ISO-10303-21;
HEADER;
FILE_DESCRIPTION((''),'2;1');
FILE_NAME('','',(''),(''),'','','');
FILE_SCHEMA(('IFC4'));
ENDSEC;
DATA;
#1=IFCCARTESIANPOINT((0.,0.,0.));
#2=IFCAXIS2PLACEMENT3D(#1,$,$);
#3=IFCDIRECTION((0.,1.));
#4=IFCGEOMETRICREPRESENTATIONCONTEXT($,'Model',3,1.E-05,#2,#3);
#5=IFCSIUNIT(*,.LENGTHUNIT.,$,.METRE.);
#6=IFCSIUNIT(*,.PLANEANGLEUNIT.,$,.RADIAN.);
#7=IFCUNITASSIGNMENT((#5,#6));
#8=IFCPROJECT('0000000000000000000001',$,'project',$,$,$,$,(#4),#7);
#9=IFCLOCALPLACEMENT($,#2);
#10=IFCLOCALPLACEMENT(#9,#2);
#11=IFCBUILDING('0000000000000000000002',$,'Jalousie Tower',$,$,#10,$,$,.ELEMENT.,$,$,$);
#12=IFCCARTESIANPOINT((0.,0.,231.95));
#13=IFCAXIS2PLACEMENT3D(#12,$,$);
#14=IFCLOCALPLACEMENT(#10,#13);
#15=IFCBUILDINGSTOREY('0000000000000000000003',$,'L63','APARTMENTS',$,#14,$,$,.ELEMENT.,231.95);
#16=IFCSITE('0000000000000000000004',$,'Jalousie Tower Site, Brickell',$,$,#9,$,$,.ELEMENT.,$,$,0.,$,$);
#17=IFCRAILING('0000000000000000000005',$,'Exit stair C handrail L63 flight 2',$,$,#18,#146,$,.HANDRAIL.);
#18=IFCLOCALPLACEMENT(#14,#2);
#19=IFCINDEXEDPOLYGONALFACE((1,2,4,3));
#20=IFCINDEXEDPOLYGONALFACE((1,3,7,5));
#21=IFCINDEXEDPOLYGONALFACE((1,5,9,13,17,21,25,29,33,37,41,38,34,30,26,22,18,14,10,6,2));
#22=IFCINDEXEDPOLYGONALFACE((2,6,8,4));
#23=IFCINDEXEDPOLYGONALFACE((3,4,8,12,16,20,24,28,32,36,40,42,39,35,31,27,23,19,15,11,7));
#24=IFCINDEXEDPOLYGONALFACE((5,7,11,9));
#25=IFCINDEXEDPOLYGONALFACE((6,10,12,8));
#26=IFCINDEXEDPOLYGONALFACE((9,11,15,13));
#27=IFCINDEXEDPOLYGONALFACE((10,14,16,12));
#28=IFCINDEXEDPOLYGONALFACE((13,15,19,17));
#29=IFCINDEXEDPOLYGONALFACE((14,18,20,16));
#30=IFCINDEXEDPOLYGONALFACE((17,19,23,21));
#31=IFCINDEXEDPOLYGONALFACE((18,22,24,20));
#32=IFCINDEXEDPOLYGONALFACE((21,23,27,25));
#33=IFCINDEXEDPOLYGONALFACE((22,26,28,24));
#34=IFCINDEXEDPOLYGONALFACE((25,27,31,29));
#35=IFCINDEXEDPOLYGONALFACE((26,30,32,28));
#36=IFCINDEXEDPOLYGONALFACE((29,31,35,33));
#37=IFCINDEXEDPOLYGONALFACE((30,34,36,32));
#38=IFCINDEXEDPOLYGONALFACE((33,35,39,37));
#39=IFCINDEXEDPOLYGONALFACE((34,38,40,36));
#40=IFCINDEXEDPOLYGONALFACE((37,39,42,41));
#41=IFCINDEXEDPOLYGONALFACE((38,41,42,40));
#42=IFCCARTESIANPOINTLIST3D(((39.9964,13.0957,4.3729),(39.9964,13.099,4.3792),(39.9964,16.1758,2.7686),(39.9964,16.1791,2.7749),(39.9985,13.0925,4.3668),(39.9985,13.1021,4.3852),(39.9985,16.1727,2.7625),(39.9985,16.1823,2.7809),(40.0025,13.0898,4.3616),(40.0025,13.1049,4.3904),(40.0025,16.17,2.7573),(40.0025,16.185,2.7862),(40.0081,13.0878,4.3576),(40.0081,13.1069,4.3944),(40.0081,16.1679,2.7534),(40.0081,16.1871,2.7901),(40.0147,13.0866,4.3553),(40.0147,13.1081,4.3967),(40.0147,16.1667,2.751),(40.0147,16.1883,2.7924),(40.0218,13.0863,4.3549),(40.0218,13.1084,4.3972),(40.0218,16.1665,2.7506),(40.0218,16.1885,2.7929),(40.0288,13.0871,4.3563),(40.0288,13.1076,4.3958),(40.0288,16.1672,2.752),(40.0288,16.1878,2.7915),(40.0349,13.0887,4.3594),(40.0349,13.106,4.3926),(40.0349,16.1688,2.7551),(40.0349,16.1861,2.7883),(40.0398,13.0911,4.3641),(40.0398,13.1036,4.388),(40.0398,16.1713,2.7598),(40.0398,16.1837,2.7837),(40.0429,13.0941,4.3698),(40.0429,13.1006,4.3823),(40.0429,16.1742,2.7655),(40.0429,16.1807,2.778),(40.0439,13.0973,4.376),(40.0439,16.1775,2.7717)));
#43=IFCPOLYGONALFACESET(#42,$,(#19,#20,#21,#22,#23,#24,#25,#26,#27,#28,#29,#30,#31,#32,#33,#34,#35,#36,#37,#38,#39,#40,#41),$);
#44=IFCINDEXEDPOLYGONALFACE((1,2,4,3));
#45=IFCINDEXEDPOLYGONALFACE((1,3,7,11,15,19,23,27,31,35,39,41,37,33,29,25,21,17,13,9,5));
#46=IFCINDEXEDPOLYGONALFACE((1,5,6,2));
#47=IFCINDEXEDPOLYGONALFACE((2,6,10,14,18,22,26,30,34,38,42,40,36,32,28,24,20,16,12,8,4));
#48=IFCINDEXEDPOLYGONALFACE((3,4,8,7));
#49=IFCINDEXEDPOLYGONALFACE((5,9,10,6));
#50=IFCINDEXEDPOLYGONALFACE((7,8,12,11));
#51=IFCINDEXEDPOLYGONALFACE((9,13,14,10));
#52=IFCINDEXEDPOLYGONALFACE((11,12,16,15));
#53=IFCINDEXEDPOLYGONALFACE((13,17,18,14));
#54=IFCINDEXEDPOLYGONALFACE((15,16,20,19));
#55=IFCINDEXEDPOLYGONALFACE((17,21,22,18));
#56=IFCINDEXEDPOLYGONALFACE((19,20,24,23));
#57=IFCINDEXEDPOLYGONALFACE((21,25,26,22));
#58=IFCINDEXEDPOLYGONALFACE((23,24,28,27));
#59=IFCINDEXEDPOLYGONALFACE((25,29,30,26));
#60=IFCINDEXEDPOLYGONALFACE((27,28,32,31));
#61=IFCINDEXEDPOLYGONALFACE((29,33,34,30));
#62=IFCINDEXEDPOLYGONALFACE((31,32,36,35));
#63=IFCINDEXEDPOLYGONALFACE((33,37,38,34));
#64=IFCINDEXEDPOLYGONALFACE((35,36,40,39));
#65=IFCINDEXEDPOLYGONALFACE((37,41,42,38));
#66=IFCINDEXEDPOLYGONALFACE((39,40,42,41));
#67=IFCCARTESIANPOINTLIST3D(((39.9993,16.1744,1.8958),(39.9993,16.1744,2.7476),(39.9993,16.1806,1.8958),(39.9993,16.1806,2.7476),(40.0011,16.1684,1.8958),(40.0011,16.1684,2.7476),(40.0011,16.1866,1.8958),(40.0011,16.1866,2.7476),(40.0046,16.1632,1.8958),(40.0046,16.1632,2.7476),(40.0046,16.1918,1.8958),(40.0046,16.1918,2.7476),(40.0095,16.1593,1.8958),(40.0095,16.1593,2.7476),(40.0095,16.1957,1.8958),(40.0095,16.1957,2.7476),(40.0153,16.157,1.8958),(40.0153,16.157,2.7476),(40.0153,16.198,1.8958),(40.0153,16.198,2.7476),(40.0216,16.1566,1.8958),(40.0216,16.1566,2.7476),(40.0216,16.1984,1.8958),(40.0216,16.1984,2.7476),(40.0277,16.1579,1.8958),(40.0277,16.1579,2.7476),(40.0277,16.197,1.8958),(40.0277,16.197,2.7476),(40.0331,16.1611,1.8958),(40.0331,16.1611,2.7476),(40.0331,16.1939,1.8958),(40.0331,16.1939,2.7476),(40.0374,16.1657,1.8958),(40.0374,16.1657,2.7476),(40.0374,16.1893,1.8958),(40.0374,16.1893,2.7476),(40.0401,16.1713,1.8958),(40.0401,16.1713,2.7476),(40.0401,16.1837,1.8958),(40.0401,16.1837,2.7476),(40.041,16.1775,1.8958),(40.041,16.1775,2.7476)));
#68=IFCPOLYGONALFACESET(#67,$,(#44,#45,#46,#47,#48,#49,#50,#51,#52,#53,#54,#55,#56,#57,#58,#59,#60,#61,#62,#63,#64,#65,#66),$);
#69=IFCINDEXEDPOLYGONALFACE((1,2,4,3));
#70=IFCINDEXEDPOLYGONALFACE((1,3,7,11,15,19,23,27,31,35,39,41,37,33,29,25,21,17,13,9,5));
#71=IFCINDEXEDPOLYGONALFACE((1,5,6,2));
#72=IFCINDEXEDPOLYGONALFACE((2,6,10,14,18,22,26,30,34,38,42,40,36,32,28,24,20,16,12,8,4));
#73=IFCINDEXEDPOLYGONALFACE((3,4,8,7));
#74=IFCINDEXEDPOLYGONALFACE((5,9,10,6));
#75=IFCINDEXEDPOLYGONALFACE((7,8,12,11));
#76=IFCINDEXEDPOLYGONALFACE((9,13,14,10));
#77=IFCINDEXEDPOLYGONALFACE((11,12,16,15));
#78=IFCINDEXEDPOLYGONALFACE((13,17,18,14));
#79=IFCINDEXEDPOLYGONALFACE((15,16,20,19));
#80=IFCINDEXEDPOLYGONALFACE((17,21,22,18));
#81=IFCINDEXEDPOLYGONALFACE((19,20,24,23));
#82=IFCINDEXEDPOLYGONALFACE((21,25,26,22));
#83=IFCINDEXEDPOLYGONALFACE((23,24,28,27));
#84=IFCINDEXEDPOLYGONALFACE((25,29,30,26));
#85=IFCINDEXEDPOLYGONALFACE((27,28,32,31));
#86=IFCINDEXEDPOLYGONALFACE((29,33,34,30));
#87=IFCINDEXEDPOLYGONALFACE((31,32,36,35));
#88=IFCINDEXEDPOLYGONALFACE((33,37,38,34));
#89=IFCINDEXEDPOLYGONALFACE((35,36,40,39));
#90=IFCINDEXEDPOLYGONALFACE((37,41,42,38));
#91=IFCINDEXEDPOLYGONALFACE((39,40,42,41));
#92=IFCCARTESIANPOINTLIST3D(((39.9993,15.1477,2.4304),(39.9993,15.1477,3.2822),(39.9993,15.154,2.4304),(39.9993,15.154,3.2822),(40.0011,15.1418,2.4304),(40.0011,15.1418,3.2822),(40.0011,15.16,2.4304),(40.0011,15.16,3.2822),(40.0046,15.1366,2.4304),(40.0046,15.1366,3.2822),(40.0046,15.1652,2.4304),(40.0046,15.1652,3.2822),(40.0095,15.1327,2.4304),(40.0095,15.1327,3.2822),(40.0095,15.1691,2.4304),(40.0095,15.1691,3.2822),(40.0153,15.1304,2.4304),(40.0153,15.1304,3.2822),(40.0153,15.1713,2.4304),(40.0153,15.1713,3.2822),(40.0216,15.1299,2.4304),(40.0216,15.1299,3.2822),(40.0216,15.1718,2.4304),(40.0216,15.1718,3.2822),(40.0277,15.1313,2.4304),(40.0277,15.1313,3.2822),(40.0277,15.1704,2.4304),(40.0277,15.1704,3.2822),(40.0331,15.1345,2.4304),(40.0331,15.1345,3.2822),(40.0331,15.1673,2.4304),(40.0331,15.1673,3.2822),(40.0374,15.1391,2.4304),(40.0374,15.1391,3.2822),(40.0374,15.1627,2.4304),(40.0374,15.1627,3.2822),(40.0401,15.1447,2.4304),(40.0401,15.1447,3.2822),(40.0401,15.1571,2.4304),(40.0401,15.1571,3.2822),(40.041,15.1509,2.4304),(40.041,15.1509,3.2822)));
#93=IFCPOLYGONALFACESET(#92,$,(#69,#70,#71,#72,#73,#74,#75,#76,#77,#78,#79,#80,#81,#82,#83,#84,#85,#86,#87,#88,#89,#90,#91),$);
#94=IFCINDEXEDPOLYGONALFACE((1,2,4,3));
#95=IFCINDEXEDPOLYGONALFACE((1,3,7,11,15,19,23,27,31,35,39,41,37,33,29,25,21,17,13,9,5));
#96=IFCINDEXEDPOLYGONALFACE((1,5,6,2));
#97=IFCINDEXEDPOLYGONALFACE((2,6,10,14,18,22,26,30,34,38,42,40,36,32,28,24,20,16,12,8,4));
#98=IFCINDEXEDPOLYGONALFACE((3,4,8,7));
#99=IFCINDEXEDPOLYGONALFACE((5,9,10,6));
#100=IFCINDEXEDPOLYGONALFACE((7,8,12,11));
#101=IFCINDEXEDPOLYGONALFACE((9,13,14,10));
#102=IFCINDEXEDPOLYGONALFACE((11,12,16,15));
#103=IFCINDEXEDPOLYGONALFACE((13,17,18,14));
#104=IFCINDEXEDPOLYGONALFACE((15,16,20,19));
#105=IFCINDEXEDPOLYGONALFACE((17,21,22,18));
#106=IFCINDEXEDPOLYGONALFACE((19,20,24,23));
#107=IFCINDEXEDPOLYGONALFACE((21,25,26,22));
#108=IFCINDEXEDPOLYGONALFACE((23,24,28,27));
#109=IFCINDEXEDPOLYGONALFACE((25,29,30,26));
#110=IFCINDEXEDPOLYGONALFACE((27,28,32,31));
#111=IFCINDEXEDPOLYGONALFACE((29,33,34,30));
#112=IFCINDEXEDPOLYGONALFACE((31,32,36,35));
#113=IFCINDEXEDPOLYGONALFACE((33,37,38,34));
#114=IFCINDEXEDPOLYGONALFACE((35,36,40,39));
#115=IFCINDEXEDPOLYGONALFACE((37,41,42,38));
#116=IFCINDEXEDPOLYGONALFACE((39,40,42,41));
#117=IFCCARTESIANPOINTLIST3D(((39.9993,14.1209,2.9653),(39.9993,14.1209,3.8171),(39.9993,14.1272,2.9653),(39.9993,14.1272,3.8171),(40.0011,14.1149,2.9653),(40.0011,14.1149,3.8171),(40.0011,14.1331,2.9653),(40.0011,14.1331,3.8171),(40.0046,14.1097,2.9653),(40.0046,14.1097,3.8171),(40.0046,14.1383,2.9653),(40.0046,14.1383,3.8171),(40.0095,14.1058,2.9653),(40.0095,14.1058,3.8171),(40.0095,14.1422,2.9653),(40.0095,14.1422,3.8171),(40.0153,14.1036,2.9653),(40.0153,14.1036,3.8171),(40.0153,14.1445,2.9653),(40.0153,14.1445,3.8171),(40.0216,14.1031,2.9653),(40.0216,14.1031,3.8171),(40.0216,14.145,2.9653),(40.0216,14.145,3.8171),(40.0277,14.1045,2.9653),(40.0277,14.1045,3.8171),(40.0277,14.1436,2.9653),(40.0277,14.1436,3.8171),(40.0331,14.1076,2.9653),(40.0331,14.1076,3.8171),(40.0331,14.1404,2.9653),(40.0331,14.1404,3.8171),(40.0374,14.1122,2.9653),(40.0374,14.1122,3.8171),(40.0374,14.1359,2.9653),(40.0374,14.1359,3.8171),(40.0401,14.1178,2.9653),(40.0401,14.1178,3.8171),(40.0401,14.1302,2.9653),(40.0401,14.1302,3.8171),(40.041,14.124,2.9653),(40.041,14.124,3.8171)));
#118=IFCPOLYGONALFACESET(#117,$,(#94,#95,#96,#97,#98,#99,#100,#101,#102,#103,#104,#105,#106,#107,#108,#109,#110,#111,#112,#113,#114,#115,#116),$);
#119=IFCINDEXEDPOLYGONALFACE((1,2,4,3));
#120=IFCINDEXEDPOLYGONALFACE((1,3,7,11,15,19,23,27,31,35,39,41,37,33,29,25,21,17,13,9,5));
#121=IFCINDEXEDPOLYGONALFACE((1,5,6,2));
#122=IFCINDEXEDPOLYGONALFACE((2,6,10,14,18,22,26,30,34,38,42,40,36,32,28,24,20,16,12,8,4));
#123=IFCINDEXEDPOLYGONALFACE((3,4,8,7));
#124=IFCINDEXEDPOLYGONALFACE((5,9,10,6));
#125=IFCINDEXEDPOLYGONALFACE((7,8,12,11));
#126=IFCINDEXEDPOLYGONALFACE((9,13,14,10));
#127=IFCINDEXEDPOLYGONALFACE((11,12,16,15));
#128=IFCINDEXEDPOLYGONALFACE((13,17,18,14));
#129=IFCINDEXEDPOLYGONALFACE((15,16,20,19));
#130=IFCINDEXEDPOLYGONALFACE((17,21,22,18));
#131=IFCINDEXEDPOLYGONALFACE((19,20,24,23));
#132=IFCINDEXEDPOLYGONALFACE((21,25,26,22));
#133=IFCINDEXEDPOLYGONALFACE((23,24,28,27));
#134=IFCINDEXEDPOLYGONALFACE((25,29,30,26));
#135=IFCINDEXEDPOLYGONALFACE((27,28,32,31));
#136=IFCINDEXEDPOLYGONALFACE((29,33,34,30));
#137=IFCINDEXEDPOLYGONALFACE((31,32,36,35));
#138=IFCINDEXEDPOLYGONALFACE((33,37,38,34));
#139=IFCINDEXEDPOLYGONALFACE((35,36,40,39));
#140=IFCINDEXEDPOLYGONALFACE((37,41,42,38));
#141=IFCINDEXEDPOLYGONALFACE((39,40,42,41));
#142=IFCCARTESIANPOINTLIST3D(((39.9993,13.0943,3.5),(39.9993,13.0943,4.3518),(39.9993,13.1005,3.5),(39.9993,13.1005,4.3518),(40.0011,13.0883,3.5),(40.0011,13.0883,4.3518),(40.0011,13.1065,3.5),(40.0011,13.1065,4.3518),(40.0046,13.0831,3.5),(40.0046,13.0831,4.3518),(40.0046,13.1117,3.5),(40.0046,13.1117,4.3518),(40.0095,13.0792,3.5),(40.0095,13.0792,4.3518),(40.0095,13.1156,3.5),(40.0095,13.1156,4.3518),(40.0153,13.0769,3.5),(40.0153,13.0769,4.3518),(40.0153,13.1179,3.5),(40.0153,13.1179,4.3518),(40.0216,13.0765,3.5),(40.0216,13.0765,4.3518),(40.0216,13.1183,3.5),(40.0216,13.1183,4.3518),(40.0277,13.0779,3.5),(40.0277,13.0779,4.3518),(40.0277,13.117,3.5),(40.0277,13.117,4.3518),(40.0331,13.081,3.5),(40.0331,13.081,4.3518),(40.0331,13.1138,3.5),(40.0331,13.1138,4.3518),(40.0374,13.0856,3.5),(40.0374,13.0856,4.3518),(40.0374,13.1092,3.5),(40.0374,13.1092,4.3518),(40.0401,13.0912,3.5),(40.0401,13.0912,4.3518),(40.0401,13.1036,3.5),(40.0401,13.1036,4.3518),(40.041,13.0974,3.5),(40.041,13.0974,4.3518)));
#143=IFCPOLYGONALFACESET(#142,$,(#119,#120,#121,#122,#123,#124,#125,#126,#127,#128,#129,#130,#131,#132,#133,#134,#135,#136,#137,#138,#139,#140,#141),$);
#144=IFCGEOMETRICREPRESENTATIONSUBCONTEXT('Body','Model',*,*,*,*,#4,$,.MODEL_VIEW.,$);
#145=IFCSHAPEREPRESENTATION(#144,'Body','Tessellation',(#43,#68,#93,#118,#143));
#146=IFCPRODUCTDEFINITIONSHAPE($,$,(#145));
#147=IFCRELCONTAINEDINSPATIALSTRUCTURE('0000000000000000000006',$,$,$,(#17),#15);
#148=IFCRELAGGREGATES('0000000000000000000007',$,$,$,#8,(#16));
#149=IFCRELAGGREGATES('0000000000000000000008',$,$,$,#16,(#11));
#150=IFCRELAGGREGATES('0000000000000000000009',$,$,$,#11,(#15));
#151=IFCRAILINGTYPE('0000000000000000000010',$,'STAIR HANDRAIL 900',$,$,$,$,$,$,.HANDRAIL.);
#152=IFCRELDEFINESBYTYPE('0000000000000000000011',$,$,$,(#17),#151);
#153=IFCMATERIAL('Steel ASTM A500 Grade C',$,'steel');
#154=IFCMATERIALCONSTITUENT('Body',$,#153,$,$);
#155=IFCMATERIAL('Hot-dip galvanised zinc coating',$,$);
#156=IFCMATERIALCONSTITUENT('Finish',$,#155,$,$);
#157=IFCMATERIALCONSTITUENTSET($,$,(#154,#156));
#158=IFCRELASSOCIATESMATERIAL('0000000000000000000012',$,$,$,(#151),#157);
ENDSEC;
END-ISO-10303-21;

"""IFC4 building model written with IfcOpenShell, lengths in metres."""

from ifc_helpers import new_model, si_unit, direction, frame, origin, origin_2d, place, context, subcontext, project, spatial, circle, extrude, material, constituent, constituent_set, type_object, element, save


model = new_model("IFC4")

# Units and contexts
model_context = context("Model", 3, precision=1e-05, world=origin(), true_north=direction((0.0, 1.0)))
body_context = subcontext(model_context, "Body", "Model", "MODEL_VIEW")
ifc_project = project(units=[si_unit("LENGTHUNIT", "METRE"), si_unit("PLANEANGLEUNIT", "RADIAN")], contexts=[model_context])

# Site, building, storey
site_placement = place(None, origin())
site = spatial("IfcSite", under=ifc_project, at=site_placement, Name="Jalousie Tower Site, Brickell", CompositionType="ELEMENT", RefElevation=0.0)
building_placement = place(site_placement, origin())
building = spatial("IfcBuilding", under=site, at=building_placement, Name="Jalousie Tower", CompositionType="ELEMENT")
storey_placement = place(building_placement, frame((0.0, 0.0, 231.95)))
storey = spatial("IfcBuildingStorey", under=building, at=storey_placement, Name="L63", Description="APARTMENTS", CompositionType="ELEMENT", Elevation=231.95)

# Railing
ifc_material_1 = material(Name="Steel ASTM A500 Grade C", Category="steel")
ifc_constituent_1 = constituent(ifc_material_1, Name="Body")
ifc_material_2 = material(Name="Hot-dip galvanised zinc coating")
ifc_constituent_2 = constituent(ifc_material_2, Name="Finish")
ifc_constituent_set_1 = constituent_set(constituents=[ifc_constituent_1, ifc_constituent_2])
railing_type_1 = type_object("IfcRailingType", Name="STAIR HANDRAIL 900", PredefinedType="HANDRAIL", material=ifc_constituent_set_1)
railing_1_placement = place(storey_placement, frame((40.02, 16.1775, 1.8958)))
element("IfcRailing", 1, at=railing_1_placement, inside=storey, type_object=railing_type_1, Name="Exit stair C handrail L63 flight 2", PredefinedType="HANDRAIL", context=body_context, shape_type="SweptSolid", body=[
    extrude(circle(Radius=0.0239, at=origin_2d()), frame((0.0, 0.0, 0.876), z_axis=(0.0, -0.886909, 0.461944), x_axis=(1.0, 0.0, 0.0)), (0.0, 0.0, 1.0), 3.4729),
    extrude(circle(Radius=0.021, at=origin_2d()), origin(), (0.0, 0.0, 1.0), 0.8518),
    extrude(circle(Radius=0.021, at=origin_2d()), frame((0.0, -1.0266, 0.5347)), (0.0, 0.0, 1.0), 0.8518),
    extrude(circle(Radius=0.021, at=origin_2d()), frame((0.0, -2.0535, 1.0696)), (0.0, 0.0, 1.0), 0.8518),
    extrude(circle(Radius=0.021, at=origin_2d()), frame((0.0, -3.0801, 1.6042)), (0.0, 0.0, 1.0), 0.8518),
])

save(model, "model.ifc")
